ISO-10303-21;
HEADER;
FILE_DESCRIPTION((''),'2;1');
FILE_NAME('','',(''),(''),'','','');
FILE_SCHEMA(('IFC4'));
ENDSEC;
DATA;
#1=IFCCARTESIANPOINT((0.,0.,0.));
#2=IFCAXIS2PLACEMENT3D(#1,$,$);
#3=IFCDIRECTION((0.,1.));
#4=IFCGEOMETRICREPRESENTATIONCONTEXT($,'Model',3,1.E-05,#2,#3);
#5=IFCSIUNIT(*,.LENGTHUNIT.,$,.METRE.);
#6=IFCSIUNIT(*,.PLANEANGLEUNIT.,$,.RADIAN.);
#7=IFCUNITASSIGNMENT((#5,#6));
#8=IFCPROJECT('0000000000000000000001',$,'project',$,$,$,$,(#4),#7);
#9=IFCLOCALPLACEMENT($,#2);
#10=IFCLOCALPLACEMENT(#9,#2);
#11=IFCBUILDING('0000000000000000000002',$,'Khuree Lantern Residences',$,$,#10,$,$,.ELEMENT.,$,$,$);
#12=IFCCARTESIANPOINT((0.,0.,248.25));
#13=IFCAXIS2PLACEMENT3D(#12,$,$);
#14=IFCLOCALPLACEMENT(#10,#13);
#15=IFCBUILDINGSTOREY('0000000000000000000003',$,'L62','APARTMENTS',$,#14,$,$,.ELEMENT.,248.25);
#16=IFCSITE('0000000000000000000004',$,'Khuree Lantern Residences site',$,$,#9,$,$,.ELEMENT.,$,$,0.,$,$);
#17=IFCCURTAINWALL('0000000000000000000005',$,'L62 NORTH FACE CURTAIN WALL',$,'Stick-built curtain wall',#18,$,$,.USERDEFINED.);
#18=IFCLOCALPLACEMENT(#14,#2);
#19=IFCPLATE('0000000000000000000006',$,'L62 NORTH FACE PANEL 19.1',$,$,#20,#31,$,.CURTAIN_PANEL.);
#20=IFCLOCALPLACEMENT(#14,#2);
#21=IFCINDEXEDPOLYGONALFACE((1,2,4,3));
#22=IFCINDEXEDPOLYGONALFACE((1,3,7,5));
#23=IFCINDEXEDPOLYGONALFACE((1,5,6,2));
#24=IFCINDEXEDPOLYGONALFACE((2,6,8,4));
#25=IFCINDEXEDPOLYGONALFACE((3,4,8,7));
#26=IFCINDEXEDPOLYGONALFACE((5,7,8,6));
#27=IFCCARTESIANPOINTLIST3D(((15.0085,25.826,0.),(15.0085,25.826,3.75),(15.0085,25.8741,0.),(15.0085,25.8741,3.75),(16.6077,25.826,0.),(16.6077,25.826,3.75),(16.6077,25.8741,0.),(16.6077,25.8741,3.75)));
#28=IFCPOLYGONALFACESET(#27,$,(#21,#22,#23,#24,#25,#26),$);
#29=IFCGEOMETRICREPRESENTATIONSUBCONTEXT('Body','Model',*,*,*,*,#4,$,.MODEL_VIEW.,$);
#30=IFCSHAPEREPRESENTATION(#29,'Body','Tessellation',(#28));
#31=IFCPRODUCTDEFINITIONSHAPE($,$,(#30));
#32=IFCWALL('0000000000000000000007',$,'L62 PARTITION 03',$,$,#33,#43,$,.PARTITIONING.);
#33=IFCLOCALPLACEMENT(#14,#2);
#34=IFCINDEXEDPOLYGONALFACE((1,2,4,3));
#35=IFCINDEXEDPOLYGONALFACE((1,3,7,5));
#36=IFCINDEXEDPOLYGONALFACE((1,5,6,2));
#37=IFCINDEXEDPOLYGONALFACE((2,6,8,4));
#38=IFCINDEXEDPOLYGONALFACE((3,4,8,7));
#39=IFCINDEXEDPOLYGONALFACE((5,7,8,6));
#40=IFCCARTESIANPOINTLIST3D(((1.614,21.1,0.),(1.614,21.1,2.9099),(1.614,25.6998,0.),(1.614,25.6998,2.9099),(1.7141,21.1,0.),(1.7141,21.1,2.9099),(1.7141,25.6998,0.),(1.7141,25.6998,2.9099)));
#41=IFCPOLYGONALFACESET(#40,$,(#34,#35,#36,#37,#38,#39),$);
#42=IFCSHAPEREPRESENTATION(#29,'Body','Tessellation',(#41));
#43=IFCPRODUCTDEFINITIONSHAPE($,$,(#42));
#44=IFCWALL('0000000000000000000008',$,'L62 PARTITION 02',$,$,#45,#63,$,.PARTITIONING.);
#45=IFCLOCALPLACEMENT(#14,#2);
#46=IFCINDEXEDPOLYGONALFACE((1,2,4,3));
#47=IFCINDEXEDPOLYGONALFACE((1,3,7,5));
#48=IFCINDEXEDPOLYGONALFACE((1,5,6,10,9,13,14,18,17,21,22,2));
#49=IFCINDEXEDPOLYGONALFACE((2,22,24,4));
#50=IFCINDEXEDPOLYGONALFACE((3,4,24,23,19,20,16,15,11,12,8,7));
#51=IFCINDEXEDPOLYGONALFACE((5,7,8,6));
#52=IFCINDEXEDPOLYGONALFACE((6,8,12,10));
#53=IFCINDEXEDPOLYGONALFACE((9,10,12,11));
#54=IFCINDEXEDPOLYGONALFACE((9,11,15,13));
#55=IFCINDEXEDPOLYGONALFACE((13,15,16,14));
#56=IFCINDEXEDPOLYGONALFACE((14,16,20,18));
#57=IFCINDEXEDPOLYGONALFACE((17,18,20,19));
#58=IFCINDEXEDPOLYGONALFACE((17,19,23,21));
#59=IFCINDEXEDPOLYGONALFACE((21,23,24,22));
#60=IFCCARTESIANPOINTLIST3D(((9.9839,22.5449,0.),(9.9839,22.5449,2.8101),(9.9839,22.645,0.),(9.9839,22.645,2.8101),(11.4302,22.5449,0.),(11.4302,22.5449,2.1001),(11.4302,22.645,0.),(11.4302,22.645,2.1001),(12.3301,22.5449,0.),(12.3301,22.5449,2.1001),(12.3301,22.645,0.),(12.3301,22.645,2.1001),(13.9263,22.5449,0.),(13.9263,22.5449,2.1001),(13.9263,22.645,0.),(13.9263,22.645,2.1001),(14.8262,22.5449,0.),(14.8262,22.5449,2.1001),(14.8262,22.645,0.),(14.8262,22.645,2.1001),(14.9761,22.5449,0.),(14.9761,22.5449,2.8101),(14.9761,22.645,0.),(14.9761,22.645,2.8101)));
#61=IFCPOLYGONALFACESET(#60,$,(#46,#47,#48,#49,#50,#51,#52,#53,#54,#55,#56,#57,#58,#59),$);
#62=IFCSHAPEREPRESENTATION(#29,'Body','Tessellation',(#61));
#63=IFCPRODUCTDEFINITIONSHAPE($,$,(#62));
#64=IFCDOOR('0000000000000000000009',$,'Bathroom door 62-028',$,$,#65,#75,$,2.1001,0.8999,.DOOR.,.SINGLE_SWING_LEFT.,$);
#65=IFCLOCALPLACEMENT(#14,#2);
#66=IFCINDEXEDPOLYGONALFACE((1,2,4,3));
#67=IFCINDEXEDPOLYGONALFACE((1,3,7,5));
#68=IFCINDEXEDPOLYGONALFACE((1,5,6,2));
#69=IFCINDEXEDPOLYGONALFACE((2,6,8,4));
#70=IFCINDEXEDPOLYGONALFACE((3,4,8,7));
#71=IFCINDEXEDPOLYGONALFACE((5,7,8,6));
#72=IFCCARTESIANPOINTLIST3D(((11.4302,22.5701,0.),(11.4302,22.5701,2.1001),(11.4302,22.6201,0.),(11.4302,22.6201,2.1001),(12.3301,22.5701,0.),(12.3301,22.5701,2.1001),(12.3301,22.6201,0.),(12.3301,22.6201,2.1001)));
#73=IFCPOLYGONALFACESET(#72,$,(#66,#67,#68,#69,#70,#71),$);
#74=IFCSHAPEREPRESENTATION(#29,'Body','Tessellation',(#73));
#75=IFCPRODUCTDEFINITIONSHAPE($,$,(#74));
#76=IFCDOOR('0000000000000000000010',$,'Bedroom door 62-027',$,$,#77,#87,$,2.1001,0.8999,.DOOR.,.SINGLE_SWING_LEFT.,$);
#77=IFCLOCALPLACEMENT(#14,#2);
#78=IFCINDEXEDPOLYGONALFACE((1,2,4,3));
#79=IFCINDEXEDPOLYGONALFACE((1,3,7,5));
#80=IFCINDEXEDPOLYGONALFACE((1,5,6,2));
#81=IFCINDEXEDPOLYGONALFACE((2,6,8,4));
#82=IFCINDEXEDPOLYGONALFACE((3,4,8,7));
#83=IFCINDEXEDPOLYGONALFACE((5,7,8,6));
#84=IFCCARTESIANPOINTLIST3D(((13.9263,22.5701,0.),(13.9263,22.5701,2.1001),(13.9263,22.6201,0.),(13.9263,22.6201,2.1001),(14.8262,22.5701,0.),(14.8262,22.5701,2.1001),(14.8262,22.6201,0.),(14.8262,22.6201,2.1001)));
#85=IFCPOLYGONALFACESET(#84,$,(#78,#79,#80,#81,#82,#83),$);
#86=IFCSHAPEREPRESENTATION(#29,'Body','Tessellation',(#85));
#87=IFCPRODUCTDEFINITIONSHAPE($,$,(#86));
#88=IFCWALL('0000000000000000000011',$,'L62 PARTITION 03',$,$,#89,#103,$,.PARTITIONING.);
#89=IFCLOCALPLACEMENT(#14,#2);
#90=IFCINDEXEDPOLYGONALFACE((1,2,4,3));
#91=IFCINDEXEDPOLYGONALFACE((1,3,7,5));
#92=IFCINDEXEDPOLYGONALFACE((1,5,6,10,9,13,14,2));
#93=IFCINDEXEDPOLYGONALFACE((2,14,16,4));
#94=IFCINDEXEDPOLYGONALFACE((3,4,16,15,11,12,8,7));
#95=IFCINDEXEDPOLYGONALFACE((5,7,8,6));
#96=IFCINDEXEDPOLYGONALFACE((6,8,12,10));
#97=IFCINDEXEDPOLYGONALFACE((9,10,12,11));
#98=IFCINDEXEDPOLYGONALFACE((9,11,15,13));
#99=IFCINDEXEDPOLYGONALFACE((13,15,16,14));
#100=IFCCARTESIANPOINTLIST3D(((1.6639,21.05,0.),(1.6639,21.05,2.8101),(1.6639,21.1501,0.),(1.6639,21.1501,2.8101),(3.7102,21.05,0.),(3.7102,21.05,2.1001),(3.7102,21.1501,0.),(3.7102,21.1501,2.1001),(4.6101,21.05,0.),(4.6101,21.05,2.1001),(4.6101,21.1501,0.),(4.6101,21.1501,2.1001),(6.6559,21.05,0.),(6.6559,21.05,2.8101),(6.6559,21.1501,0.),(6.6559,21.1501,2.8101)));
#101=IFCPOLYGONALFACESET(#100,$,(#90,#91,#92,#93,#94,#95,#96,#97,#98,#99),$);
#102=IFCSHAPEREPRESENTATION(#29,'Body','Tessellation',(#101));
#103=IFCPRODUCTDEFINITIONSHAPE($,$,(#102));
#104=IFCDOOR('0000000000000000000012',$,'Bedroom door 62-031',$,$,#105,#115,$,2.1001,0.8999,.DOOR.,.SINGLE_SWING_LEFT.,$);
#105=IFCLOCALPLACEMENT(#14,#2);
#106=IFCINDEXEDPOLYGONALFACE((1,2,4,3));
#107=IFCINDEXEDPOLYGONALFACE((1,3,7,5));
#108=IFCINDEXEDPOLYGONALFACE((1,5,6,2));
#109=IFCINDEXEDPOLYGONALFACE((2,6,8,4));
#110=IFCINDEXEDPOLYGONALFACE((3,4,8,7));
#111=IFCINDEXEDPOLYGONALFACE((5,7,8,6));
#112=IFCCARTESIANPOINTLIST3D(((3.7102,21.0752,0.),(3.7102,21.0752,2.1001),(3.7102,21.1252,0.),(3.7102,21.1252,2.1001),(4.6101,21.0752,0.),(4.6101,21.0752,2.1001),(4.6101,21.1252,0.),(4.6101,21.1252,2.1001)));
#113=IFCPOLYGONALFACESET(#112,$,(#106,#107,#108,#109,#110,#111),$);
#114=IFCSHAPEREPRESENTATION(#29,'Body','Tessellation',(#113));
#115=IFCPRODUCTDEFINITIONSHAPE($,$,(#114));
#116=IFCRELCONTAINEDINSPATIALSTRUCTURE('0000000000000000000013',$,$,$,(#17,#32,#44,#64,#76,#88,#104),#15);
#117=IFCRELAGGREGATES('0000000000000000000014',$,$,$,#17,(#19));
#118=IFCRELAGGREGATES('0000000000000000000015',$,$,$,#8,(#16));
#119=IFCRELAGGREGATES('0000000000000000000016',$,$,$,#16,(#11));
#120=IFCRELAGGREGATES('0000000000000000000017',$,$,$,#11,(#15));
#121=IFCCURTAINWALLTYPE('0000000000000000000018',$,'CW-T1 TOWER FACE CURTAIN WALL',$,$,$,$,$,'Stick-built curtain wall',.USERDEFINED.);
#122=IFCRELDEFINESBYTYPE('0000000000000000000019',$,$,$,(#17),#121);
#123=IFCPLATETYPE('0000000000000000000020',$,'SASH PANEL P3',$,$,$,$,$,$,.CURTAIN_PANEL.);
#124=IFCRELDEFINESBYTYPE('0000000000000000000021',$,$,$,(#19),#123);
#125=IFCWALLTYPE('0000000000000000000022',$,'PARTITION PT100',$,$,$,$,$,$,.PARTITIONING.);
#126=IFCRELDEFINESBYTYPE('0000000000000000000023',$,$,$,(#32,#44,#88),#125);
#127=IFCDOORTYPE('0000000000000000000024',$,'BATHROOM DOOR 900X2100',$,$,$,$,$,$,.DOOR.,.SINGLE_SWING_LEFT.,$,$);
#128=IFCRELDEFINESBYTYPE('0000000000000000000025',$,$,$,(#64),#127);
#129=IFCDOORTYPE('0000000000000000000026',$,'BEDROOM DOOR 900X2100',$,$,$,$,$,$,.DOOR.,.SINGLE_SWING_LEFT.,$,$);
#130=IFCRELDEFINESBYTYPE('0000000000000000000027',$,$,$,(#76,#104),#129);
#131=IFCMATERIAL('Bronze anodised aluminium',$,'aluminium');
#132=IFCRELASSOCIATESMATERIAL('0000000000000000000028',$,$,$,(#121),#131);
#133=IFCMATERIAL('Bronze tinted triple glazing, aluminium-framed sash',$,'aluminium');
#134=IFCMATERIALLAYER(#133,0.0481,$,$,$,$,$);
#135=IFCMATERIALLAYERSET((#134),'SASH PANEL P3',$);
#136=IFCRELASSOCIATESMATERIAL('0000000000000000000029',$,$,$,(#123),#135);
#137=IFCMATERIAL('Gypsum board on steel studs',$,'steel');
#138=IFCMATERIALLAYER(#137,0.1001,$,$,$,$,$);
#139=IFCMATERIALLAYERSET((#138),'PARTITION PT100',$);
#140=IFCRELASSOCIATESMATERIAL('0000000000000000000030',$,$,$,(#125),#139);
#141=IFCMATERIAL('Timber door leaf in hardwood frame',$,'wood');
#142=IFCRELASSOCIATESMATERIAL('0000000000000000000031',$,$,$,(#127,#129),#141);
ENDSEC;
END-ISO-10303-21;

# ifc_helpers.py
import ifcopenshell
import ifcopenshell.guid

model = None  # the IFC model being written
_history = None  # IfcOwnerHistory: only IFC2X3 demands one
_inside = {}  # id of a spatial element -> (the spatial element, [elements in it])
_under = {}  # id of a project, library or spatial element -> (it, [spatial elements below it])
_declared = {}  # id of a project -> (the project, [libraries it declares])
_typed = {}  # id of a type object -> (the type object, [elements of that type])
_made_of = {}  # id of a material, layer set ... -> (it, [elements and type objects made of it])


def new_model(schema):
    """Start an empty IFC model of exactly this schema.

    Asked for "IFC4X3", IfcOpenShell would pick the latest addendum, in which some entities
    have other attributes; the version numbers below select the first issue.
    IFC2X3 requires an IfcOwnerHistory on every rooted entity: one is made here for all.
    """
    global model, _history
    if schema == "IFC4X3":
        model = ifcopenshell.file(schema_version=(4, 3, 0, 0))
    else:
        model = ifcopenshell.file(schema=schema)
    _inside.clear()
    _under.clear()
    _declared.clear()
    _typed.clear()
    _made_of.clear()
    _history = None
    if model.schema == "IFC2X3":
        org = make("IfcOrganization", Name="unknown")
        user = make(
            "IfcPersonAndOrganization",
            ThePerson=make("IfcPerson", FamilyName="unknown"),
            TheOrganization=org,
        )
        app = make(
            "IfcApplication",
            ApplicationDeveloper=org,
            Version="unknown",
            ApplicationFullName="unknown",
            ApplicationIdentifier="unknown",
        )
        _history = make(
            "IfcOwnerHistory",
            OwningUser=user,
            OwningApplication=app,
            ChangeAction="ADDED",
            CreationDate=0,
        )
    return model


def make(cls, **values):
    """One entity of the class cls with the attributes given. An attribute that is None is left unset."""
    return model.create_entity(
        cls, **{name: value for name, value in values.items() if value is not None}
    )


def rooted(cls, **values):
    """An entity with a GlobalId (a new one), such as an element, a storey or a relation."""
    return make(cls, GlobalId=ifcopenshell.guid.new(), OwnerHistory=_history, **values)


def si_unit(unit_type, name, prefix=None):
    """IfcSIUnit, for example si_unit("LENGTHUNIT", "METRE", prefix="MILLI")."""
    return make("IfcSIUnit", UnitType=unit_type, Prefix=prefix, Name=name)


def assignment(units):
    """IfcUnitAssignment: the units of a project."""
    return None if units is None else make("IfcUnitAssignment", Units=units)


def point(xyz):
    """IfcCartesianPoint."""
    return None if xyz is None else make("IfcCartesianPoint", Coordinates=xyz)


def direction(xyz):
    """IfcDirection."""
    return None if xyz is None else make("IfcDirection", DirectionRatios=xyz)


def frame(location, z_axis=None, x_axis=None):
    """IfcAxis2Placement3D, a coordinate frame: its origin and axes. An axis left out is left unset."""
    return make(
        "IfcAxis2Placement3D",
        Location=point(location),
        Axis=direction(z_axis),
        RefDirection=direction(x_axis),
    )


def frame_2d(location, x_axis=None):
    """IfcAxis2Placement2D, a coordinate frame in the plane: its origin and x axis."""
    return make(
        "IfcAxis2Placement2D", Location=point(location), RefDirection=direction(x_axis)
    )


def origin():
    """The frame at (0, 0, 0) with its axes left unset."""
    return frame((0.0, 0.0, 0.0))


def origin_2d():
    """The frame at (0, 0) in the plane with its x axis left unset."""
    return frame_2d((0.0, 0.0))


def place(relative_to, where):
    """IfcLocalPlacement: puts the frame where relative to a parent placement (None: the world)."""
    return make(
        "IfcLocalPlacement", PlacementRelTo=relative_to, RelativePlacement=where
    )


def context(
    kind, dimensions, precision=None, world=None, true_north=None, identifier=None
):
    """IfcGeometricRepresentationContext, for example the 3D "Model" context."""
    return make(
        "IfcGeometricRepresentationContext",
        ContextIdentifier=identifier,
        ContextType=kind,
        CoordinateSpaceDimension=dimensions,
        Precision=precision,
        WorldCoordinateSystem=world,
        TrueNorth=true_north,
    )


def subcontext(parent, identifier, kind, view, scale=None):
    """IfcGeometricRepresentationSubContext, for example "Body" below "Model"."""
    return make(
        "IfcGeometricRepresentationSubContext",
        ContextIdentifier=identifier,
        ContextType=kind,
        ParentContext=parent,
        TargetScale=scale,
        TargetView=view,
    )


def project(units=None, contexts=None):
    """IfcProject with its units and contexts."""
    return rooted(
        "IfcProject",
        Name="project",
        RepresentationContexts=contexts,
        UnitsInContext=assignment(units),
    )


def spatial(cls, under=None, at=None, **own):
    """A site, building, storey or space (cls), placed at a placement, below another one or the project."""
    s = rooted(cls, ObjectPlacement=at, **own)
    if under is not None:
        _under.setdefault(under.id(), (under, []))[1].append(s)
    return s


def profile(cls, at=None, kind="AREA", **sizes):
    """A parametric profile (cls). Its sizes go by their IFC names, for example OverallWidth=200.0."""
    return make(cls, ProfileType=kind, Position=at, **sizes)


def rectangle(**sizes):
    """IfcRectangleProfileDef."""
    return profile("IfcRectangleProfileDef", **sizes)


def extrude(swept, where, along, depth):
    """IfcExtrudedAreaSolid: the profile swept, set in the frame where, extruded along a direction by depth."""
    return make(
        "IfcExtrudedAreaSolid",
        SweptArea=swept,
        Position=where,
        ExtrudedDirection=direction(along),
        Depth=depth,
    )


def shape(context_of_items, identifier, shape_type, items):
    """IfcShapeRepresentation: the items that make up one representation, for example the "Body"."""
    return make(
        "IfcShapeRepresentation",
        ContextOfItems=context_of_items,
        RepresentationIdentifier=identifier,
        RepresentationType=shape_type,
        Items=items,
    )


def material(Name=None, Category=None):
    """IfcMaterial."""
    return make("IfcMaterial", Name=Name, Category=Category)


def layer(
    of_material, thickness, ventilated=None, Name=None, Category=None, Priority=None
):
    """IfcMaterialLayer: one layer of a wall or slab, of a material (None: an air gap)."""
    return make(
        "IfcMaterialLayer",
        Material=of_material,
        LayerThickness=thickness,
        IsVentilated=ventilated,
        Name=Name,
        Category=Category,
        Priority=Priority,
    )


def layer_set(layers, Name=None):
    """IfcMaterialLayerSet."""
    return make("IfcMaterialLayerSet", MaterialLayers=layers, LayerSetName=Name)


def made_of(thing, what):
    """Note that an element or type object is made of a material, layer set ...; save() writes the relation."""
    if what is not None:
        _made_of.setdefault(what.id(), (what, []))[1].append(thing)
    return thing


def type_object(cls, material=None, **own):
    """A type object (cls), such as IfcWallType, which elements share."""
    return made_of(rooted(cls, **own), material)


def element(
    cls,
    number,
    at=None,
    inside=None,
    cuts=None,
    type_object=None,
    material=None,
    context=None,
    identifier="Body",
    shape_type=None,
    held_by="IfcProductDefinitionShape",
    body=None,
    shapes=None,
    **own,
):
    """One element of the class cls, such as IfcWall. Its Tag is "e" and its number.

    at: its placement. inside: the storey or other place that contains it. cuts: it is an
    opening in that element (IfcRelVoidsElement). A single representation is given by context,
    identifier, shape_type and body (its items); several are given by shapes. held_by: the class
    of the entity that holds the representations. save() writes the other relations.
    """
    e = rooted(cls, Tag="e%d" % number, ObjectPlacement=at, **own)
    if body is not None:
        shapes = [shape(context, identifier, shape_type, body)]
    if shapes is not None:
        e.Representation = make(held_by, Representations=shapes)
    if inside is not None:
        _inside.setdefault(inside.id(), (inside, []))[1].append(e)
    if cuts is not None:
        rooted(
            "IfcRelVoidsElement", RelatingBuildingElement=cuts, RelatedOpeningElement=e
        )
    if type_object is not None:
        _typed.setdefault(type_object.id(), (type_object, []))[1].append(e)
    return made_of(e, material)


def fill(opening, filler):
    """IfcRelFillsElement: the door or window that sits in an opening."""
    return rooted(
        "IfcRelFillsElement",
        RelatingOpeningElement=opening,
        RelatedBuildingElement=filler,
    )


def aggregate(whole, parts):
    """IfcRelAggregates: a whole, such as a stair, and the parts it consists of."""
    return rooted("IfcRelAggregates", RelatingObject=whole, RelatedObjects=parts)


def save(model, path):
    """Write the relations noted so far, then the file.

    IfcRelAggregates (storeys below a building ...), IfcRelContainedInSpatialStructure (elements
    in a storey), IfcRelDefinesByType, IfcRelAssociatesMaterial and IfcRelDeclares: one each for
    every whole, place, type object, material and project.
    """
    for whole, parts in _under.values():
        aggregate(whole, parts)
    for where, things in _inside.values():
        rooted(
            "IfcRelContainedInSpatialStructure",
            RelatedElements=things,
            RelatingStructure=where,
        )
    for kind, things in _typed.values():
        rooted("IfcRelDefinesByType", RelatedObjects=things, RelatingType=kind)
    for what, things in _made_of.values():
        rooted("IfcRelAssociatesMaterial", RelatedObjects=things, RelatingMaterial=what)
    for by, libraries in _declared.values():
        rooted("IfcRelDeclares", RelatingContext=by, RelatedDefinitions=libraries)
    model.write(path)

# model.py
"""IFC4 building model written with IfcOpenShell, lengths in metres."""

from ifc_helpers import new_model, si_unit, direction, frame, frame_2d, origin, origin_2d, place, context, subcontext, project, spatial, rectangle, extrude, material, layer, layer_set, type_object, element, fill, aggregate, save


model = new_model("IFC4")

# Units and contexts
model_context = context("Model", 3, precision=1e-05, world=origin(), true_north=direction((0.0, 1.0)))
body_context = subcontext(model_context, "Body", "Model", "MODEL_VIEW")
ifc_project = project(units=[si_unit("LENGTHUNIT", "METRE"), si_unit("PLANEANGLEUNIT", "RADIAN")], contexts=[model_context])

# Site, building, storey
site_placement = place(None, origin())
site = spatial("IfcSite", under=ifc_project, at=site_placement, Name="Khuree Lantern Residences site", CompositionType="ELEMENT", RefElevation=0.0)
building_placement = place(site_placement, origin())
building = spatial("IfcBuilding", under=site, at=building_placement, Name="Khuree Lantern Residences", CompositionType="ELEMENT")
storey_placement = place(building_placement, frame((0.0, 0.0, 248.25)))
storey = spatial("IfcBuildingStorey", under=building, at=storey_placement, Name="L62", Description="APARTMENTS", CompositionType="ELEMENT", Elevation=248.25)

# Curtain wall
ifc_material_1 = material(Name="Bronze anodised aluminium", Category="aluminium")
curtain_wall_type = type_object("IfcCurtainWallType", Name="CW-T1 TOWER FACE CURTAIN WALL", ElementType="Stick-built curtain wall", PredefinedType="USERDEFINED", material=ifc_material_1)
curtain_wall_placement = place(storey_placement, origin())
curtain_wall = element("IfcCurtainWall", 1, at=curtain_wall_placement, inside=storey, type_object=curtain_wall_type, Name="L62 NORTH FACE CURTAIN WALL", ObjectType="Stick-built curtain wall", PredefinedType="USERDEFINED")

# Plate
ifc_material_2 = material(Name="Bronze tinted triple glazing, aluminium-framed sash", Category="aluminium")
ifc_layer_1 = layer(ifc_material_2, 0.0481)
ifc_layer_set_1 = layer_set([ifc_layer_1], Name="SASH PANEL P3")
plate_type_1 = type_object("IfcPlateType", Name="SASH PANEL P3", PredefinedType="CURTAIN_PANEL", material=ifc_layer_set_1)
plate_1_placement = place(storey_placement, frame((15.8081, 25.8501, 0.0), z_axis=(0.0, 0.0, 1.0), x_axis=(-1.0, 0.0, 0.0)))
plate_1 = element("IfcPlate", 2, at=plate_1_placement, type_object=plate_type_1, Name="L62 NORTH FACE PANEL 19.1", PredefinedType="CURTAIN_PANEL", context=body_context, shape_type="SweptSolid", body=[
    extrude(rectangle(XDim=1.5991, YDim=0.0481, at=origin_2d()), origin(), (0.0, 0.0, 1.0), 3.75),
])
aggregate(curtain_wall, [plate_1])

# Wall
ifc_material_3 = material(Name="Gypsum board on steel studs", Category="steel")
ifc_layer_2 = layer(ifc_material_3, 0.1001)
ifc_layer_set_2 = layer_set([ifc_layer_2], Name="PARTITION PT100")
wall_type = type_object("IfcWallType", Name="PARTITION PT100", PredefinedType="PARTITIONING", material=ifc_layer_set_2)
wall_1_placement = place(storey_placement, frame((1.6641, 21.1001, 0.0), z_axis=(0.0, 0.0, 1.0), x_axis=(0.0, 1.0, 0.0)))
element("IfcWall", 3, at=wall_1_placement, inside=storey, type_object=wall_type, Name="L62 PARTITION 03", PredefinedType="PARTITIONING", context=body_context, shape_type="SweptSolid", body=[
    extrude(rectangle(XDim=4.5999, YDim=0.1001, at=frame_2d((2.2998, 0.0))), origin(), (0.0, 0.0, 1.0), 2.9099),
])

# Wall, openings, doors
wall_2_placement = place(storey_placement, frame((14.9761, 22.595, 0.0), z_axis=(0.0, 0.0, 1.0), x_axis=(-1.0, 0.0, 0.0)))
wall_2 = element("IfcWall", 4, at=wall_2_placement, inside=storey, type_object=wall_type, Name="L62 PARTITION 02", PredefinedType="PARTITIONING", context=body_context, shape_type="SweptSolid", body=[
    extrude(rectangle(XDim=4.9922, YDim=0.1001, at=frame_2d((2.4961, 0.0))), origin(), (0.0, 0.0, 1.0), 2.8101),
])
opening_1_placement = place(wall_2_placement, frame((0.1499, 0.0, 0.0)))
opening_1 = element("IfcOpeningElement", 5, at=opening_1_placement, cuts=wall_2, PredefinedType="OPENING", context=body_context, shape_type="SweptSolid", body=[
    extrude(rectangle(XDim=0.8999, YDim=2.1001, at=frame_2d((0.45, 1.05))), frame((0.0, 0.0601, 0.0), z_axis=(0.0, -1.0, 0.0), x_axis=(1.0, 0.0, 0.0)), (0.0, 0.0, 1.0), 0.1201),
])
opening_2_placement = place(wall_2_placement, frame((2.646, 0.0, 0.0)))
opening_2 = element("IfcOpeningElement", 6, at=opening_2_placement, cuts=wall_2, PredefinedType="OPENING", context=body_context, shape_type="SweptSolid", body=[
    extrude(rectangle(XDim=0.8999, YDim=2.1001, at=frame_2d((0.45, 1.05))), frame((0.0, 0.0601, 0.0), z_axis=(0.0, -1.0, 0.0), x_axis=(1.0, 0.0, 0.0)), (0.0, 0.0, 1.0), 0.1201),
])
ifc_material_4 = material(Name="Timber door leaf in hardwood frame", Category="wood")
door_type_1 = type_object("IfcDoorType", Name="BATHROOM DOOR 900X2100", OperationType="SINGLE_SWING_LEFT", PredefinedType="DOOR", material=ifc_material_4)
door_1_placement = place(opening_2_placement, origin())
door_1 = element("IfcDoor", 7, at=door_1_placement, inside=storey, type_object=door_type_1, Name="Bathroom door 62-028", OperationType="SINGLE_SWING_LEFT", OverallHeight=2.1001, OverallWidth=0.8999, PredefinedType="DOOR", context=body_context, shape_type="SweptSolid", body=[
    extrude(rectangle(XDim=0.8999, YDim=2.1001, at=frame_2d((0.45, 1.05))), frame((0.0, 0.0249, 0.0), z_axis=(0.0, -1.0, 0.0), x_axis=(1.0, 0.0, 0.0)), (0.0, 0.0, 1.0), 0.05),
])
fill(opening_2, door_1)
door_type_2 = type_object("IfcDoorType", Name="BEDROOM DOOR 900X2100", OperationType="SINGLE_SWING_LEFT", PredefinedType="DOOR", material=ifc_material_4)
door_2_placement = place(opening_1_placement, origin())
door_2 = element("IfcDoor", 8, at=door_2_placement, inside=storey, type_object=door_type_2, Name="Bedroom door 62-027", OperationType="SINGLE_SWING_LEFT", OverallHeight=2.1001, OverallWidth=0.8999, PredefinedType="DOOR", context=body_context, shape_type="SweptSolid", body=[
    extrude(rectangle(XDim=0.8999, YDim=2.1001, at=frame_2d((0.45, 1.05))), frame((0.0, 0.0249, 0.0), z_axis=(0.0, -1.0, 0.0), x_axis=(1.0, 0.0, 0.0)), (0.0, 0.0, 1.0), 0.05),
])
fill(opening_1, door_2)

# Wall, opening, door
wall_3_placement = place(storey_placement, frame((6.656, 21.1001, 0.0), z_axis=(0.0, 0.0, 1.0), x_axis=(-1.0, 0.0, 0.0)))
wall_3 = element("IfcWall", 9, at=wall_3_placement, inside=storey, type_object=wall_type, Name="L62 PARTITION 03", PredefinedType="PARTITIONING", context=body_context, shape_type="SweptSolid", body=[
    extrude(rectangle(XDim=4.9919, YDim=0.1001, at=frame_2d((2.4961, 0.0))), origin(), (0.0, 0.0, 1.0), 2.8101),
])
opening_3_placement = place(wall_3_placement, frame((2.0459, 0.0, 0.0)))
opening_3 = element("IfcOpeningElement", 10, at=opening_3_placement, cuts=wall_3, PredefinedType="OPENING", context=body_context, shape_type="SweptSolid", body=[
    extrude(rectangle(XDim=0.8999, YDim=2.1001, at=frame_2d((0.45, 1.05))), frame((0.0, 0.0601, 0.0), z_axis=(0.0, -1.0, 0.0), x_axis=(1.0, 0.0, 0.0)), (0.0, 0.0, 1.0), 0.1201),
])
door_3_placement = place(opening_3_placement, origin())
door_3 = element("IfcDoor", 11, at=door_3_placement, inside=storey, type_object=door_type_2, Name="Bedroom door 62-031", OperationType="SINGLE_SWING_LEFT", OverallHeight=2.1001, OverallWidth=0.8999, PredefinedType="DOOR", context=body_context, shape_type="SweptSolid", body=[
    extrude(rectangle(XDim=0.8999, YDim=2.1001, at=frame_2d((0.45, 1.05))), frame((0.0, 0.0249, 0.0), z_axis=(0.0, -1.0, 0.0), x_axis=(1.0, 0.0, 0.0)), (0.0, 0.0, 1.0), 0.05),
])
fill(opening_3, door_3)

save(model, "model.ifc")
